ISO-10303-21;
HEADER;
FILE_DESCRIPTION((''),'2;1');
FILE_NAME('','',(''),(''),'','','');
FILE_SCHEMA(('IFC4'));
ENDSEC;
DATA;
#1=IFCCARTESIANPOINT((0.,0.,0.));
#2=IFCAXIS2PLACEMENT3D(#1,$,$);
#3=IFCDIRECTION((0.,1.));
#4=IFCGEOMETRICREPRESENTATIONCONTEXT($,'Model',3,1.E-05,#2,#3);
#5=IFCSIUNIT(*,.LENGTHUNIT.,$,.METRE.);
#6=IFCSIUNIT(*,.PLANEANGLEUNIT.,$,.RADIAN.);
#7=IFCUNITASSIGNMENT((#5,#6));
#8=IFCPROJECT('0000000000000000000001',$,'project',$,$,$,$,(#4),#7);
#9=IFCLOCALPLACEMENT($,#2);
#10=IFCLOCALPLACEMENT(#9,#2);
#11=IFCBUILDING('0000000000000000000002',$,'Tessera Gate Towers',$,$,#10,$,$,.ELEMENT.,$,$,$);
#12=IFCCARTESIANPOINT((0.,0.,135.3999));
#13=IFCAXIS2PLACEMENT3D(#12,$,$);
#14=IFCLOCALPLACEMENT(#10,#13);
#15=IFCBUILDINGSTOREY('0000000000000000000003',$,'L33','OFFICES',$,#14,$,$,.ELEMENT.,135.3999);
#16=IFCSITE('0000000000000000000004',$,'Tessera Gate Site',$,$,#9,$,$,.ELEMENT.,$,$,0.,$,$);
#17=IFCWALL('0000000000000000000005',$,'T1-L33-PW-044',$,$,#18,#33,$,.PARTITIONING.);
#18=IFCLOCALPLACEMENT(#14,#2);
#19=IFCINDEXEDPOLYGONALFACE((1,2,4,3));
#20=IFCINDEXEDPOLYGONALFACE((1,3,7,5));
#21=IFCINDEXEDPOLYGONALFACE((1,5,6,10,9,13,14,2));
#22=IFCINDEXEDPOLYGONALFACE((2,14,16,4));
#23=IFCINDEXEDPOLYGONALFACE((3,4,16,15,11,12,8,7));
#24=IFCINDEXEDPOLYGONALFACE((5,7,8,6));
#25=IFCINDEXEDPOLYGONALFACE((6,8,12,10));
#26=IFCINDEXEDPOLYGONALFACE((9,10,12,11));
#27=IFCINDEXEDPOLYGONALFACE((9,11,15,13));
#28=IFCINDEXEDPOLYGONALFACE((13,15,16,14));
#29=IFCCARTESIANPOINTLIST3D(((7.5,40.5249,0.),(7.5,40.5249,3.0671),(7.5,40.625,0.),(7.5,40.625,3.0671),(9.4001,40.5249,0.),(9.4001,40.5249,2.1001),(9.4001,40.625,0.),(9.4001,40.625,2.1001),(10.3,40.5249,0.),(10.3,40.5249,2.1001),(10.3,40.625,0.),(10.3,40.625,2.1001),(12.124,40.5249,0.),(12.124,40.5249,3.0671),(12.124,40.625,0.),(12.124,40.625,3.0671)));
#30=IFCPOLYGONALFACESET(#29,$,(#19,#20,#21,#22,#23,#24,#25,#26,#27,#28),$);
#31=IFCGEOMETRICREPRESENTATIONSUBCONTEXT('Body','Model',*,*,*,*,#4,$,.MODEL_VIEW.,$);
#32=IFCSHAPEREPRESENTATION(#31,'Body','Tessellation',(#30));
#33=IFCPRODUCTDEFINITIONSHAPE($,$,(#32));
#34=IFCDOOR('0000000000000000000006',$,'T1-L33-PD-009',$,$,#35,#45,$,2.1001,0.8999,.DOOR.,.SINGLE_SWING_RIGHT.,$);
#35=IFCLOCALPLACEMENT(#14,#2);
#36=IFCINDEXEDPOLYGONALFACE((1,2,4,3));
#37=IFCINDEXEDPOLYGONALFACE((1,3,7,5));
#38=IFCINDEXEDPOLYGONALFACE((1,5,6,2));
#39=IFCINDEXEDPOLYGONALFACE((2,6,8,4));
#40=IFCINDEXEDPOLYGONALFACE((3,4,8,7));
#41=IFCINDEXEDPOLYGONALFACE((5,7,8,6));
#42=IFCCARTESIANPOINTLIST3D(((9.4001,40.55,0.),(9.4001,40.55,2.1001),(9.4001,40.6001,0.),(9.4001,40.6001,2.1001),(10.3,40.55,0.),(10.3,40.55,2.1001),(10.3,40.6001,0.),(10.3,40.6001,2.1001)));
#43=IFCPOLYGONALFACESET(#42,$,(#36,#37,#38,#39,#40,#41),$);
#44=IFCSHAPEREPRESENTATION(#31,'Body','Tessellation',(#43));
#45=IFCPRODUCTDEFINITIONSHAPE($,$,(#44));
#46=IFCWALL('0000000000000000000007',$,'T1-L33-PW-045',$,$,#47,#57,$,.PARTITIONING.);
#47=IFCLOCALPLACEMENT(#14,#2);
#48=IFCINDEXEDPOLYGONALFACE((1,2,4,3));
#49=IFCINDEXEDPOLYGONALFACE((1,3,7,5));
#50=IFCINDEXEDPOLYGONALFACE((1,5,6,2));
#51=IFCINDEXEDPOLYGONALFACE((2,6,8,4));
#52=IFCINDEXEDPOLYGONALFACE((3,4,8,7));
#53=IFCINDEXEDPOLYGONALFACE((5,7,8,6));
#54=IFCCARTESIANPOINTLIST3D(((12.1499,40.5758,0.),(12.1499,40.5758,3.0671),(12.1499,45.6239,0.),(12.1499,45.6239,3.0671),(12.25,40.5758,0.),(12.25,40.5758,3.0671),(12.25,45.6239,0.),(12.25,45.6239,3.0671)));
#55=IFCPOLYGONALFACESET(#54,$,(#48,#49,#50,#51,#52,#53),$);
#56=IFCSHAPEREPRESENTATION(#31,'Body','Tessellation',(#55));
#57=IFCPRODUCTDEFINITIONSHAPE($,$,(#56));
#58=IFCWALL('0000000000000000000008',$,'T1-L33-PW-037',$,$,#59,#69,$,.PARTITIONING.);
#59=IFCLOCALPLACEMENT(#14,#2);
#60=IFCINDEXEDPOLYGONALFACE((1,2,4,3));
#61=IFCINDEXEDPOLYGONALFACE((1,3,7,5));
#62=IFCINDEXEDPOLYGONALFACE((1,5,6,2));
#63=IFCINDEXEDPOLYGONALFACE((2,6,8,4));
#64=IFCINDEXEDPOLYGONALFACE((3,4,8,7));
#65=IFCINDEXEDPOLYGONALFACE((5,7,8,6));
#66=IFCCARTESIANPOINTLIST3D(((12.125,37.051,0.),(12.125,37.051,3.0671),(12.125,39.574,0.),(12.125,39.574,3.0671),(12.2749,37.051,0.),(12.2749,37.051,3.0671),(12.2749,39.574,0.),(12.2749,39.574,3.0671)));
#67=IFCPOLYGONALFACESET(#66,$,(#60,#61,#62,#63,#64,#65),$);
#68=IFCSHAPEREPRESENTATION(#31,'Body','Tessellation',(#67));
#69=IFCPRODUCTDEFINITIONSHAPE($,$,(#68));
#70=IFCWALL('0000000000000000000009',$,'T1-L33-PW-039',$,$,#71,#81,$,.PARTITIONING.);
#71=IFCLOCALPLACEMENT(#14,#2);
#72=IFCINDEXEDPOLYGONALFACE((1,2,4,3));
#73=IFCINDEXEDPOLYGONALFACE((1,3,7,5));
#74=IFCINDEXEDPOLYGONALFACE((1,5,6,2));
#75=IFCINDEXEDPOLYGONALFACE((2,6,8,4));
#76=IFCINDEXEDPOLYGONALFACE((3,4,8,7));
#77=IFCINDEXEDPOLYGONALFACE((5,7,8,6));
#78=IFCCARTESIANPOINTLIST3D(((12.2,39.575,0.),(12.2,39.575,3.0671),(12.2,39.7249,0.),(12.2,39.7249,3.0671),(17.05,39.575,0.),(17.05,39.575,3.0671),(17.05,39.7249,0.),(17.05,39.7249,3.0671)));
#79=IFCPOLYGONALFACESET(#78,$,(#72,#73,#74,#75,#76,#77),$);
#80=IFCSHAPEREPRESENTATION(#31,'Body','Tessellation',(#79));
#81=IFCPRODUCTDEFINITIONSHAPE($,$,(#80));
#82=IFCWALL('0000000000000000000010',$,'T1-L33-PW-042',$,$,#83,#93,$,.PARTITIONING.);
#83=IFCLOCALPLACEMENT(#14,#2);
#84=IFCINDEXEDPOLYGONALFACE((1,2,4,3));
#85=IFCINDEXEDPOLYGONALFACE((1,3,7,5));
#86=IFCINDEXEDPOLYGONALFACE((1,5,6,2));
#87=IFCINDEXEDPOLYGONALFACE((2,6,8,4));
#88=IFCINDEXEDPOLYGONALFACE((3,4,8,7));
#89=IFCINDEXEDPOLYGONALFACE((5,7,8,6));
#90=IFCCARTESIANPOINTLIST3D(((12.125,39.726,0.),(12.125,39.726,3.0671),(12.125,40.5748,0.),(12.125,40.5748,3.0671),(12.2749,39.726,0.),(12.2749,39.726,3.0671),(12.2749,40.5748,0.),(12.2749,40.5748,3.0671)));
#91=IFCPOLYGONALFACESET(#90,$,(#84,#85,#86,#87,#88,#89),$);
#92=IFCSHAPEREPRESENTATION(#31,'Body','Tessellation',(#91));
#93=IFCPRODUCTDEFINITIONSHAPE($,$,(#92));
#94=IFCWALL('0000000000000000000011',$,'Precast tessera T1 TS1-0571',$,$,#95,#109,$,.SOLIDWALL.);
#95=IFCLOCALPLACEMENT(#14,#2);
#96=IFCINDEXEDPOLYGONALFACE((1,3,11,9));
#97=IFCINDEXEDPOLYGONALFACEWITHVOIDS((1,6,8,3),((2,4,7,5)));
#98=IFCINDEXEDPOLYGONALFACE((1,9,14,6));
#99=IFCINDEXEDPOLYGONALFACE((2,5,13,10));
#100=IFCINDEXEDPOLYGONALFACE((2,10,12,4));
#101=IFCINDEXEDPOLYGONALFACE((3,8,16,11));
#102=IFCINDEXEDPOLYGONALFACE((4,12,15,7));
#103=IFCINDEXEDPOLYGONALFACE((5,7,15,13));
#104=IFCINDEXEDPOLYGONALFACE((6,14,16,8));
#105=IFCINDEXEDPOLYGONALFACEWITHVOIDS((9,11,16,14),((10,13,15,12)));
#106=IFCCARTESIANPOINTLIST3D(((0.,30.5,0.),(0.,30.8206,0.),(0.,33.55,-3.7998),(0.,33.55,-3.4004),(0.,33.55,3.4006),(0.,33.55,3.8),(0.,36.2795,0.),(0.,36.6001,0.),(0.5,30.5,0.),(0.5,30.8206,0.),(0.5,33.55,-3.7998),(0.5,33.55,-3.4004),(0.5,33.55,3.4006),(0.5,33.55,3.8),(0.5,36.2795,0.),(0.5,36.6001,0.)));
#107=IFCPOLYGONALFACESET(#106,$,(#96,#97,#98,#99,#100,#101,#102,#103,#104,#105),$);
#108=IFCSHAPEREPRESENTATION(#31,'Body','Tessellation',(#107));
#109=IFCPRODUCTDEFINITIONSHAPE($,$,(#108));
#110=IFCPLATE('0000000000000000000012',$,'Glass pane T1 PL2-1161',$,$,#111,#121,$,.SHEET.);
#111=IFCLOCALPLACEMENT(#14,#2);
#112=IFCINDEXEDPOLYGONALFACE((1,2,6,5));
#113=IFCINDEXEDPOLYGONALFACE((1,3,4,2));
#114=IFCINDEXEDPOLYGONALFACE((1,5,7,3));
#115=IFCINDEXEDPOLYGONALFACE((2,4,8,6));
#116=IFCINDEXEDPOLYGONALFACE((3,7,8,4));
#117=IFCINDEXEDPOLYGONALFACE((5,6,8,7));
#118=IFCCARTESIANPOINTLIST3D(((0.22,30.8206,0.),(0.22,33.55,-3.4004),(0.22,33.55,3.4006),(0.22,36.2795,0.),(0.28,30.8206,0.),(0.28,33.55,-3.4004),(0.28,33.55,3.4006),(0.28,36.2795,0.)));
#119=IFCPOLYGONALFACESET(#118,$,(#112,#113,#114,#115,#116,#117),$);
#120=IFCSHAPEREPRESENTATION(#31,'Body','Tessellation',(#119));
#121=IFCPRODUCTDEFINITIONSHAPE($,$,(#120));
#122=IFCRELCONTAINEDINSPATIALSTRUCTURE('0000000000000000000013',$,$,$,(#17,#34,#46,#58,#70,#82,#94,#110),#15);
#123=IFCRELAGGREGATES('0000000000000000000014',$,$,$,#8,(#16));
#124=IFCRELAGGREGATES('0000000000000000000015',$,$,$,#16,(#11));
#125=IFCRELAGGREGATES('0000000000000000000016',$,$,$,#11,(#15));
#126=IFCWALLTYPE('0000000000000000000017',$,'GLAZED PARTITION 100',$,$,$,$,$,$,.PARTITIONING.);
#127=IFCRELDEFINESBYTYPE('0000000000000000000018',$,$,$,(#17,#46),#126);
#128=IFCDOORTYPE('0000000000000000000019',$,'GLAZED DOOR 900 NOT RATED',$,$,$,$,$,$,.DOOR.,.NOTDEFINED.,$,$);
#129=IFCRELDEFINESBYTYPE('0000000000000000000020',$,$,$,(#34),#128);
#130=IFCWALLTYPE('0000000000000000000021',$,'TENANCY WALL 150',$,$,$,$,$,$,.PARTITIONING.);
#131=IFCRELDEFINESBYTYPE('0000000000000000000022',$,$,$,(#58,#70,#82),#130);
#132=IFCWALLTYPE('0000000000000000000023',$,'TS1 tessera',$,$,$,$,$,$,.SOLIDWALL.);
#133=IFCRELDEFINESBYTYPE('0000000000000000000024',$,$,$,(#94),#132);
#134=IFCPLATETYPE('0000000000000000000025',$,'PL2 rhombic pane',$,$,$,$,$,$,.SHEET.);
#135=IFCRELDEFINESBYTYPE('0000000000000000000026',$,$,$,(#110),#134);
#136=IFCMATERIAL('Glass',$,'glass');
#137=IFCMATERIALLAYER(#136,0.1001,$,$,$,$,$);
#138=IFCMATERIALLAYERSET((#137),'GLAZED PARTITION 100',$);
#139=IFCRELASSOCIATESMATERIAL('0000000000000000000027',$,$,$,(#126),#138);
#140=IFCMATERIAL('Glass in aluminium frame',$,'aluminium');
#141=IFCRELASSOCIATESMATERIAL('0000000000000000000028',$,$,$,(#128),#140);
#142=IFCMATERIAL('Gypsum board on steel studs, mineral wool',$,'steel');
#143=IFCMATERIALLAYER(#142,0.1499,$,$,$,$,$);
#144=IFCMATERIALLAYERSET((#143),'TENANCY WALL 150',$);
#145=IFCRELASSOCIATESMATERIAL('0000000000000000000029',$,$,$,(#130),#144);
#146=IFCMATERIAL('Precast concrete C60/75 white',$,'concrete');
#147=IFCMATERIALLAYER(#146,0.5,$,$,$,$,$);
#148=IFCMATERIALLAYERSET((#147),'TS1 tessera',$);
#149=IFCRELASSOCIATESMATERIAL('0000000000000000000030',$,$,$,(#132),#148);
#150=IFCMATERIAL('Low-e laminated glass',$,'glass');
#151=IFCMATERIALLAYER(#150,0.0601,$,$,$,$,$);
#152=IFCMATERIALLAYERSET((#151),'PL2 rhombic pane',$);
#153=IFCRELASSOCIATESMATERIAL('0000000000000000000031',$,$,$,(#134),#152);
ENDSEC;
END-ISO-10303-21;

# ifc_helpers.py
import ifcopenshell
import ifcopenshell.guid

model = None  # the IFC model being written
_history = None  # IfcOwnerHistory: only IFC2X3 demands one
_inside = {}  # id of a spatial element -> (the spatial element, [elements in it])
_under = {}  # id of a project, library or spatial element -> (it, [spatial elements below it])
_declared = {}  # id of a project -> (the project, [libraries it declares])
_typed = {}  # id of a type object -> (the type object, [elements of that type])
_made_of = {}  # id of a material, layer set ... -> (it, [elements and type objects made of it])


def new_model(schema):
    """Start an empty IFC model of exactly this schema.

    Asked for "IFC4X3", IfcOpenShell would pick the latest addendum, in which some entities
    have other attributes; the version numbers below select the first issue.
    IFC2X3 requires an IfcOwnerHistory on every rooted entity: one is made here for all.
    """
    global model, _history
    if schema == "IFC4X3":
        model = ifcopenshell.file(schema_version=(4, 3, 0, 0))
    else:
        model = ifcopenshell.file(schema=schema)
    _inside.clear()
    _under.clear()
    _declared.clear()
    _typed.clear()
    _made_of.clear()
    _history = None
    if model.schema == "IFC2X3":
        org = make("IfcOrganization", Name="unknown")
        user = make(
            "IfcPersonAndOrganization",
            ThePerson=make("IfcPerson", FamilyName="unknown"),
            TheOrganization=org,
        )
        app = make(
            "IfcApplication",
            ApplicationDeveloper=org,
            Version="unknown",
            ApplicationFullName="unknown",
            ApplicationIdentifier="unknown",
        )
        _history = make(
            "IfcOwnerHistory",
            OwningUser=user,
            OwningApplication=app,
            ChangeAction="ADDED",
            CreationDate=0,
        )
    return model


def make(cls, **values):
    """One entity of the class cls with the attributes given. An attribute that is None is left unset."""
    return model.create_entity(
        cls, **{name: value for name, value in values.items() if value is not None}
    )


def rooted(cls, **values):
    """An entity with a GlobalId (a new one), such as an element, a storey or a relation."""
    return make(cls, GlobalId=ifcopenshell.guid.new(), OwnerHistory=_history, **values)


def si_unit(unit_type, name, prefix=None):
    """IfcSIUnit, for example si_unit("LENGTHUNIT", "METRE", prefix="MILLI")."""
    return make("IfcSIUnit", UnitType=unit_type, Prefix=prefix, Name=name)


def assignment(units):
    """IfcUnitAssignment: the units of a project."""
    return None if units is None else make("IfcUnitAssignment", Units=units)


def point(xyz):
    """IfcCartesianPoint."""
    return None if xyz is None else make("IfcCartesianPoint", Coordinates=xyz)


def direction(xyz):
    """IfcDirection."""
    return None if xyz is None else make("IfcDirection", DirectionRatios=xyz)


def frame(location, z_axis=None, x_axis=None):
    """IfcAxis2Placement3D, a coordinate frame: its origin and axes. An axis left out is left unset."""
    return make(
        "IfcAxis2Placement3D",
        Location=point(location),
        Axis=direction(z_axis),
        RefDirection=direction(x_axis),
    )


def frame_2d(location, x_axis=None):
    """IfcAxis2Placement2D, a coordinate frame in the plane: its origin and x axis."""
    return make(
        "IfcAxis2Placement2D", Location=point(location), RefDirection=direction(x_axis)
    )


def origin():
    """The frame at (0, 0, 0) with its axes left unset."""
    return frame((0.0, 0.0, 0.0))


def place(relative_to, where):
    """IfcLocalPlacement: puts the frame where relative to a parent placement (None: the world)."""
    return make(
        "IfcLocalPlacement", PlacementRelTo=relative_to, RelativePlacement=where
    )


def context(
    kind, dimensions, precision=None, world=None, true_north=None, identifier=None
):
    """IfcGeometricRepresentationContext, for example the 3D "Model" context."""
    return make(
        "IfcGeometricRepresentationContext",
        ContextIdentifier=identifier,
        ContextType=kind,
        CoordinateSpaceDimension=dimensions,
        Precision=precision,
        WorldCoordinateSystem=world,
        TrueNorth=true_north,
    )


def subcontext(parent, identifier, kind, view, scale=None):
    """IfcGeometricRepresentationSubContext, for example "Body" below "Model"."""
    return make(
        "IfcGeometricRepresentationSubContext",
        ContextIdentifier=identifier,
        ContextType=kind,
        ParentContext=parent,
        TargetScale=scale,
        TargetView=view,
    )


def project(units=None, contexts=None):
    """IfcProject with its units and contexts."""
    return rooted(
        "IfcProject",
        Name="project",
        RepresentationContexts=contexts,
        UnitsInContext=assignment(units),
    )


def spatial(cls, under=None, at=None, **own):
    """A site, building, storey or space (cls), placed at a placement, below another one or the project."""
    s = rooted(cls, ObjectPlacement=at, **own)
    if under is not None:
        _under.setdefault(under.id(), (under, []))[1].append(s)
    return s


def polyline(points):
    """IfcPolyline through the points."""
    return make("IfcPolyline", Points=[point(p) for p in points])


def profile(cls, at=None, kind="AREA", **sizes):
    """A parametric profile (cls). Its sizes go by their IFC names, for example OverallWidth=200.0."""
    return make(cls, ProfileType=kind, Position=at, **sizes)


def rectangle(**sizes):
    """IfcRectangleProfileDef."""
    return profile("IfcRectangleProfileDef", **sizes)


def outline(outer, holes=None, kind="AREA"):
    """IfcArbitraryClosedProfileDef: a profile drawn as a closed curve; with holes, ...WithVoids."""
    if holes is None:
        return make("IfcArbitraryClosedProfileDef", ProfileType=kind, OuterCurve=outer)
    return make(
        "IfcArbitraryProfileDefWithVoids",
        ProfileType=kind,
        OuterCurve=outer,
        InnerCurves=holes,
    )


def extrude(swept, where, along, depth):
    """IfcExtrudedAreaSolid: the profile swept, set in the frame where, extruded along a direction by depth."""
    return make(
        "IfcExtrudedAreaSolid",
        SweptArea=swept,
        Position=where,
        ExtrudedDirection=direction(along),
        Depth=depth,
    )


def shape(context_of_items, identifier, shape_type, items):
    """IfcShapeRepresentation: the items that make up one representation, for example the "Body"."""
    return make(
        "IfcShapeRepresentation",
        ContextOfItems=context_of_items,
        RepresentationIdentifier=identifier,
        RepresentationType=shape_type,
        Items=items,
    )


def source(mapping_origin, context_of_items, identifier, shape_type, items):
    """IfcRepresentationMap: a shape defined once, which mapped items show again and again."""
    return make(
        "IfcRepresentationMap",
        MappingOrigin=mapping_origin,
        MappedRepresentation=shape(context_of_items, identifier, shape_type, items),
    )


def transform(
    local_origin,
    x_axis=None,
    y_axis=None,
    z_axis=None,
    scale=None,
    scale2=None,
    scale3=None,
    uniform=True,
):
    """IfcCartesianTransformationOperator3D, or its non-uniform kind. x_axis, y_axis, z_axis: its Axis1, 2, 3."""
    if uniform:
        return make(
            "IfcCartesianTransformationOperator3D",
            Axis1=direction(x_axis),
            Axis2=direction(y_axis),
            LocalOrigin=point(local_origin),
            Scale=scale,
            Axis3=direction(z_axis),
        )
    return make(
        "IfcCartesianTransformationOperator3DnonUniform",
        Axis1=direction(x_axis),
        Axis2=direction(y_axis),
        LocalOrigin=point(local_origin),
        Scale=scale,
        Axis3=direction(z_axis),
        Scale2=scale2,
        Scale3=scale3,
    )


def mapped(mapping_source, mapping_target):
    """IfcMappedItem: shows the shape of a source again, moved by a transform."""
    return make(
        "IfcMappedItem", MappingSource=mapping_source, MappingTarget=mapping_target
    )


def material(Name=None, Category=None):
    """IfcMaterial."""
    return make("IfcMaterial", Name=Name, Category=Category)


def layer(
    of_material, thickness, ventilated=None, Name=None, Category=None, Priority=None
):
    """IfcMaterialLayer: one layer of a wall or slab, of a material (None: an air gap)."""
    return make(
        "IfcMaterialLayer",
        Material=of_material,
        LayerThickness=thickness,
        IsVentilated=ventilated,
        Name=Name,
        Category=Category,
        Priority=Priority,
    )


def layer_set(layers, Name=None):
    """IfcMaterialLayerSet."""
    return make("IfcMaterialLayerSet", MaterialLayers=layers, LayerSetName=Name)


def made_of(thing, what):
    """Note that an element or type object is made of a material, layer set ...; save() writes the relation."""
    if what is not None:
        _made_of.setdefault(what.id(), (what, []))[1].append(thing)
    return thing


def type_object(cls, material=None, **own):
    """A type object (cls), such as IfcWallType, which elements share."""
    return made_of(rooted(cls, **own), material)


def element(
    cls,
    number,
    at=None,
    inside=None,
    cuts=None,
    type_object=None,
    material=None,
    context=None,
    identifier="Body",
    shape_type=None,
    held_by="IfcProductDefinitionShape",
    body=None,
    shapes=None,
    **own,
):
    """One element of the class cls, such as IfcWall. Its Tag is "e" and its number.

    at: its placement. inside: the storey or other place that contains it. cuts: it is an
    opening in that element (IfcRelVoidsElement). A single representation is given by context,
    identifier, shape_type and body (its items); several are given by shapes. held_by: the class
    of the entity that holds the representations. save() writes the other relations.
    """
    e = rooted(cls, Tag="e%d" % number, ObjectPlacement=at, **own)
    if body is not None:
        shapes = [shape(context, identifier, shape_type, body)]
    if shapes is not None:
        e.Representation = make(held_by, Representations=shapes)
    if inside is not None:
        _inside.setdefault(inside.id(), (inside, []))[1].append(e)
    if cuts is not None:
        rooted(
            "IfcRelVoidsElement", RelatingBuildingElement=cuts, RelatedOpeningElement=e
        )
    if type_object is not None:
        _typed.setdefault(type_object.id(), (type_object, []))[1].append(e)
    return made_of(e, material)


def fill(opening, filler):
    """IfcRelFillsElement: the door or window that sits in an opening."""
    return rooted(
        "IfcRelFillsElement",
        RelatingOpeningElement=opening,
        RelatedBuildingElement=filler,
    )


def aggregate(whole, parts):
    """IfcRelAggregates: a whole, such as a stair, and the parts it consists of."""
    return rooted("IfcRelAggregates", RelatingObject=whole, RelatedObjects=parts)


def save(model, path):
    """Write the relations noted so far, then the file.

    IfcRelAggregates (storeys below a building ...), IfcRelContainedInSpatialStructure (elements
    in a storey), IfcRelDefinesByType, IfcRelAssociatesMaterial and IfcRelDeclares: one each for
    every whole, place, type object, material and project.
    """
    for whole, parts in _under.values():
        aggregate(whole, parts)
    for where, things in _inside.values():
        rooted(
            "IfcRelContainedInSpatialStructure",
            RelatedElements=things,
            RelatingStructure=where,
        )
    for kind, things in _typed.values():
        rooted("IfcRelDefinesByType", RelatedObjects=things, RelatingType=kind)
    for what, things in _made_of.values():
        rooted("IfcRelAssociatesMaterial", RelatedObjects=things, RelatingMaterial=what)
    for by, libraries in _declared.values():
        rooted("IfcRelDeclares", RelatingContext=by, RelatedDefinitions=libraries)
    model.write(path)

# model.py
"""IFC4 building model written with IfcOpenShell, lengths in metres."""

from ifc_helpers import new_model, si_unit, direction, frame, frame_2d, origin, place, context, subcontext, project, spatial, polyline, rectangle, outline, extrude, source, transform, mapped, material, layer, layer_set, type_object, element, fill, save


model = new_model("IFC4")

# Units and contexts
model_context = context("Model", 3, precision=1e-05, world=origin(), true_north=direction((0.0, 1.0)))
body_context = subcontext(model_context, "Body", "Model", "MODEL_VIEW")
ifc_project = project(units=[si_unit("LENGTHUNIT", "METRE"), si_unit("PLANEANGLEUNIT", "RADIAN")], contexts=[model_context])

# Site, building, storey
site_placement = place(None, origin())
site = spatial("IfcSite", under=ifc_project, at=site_placement, Name="Tessera Gate Site", CompositionType="ELEMENT", RefElevation=0.0)
building_placement = place(site_placement, origin())
building = spatial("IfcBuilding", under=site, at=building_placement, Name="Tessera Gate Towers", CompositionType="ELEMENT")
storey_placement = place(building_placement, frame((0.0, 0.0, 135.3999)))
storey = spatial("IfcBuildingStorey", under=building, at=storey_placement, Name="L33", Description="OFFICES", CompositionType="ELEMENT", Elevation=135.3999)

# Wall, opening, door
ifc_material_1 = material(Name="Glass", Category="glass")
ifc_layer_1 = layer(ifc_material_1, 0.1001)
ifc_layer_set_1 = layer_set([ifc_layer_1], Name="GLAZED PARTITION 100")
wall_type_1 = type_object("IfcWallType", Name="GLAZED PARTITION 100", PredefinedType="PARTITIONING", material=ifc_layer_set_1)
wall_1_placement = place(storey_placement, frame((12.124, 40.575, 0.0), z_axis=(0.0, 0.0, 1.0), x_axis=(-1.0, 0.0, 0.0)))
wall_1 = element("IfcWall", 1, at=wall_1_placement, inside=storey, type_object=wall_type_1, Name="T1-L33-PW-044", PredefinedType="PARTITIONING", context=body_context, shape_type="SweptSolid", body=[
    extrude(rectangle(XDim=4.624, YDim=0.1001, at=frame_2d((2.312, 0.0))), origin(), (0.0, 0.0, 1.0), 3.0671),
])
shared_shape_1 = source(origin(), body_context, "Body", "SweptSolid", [
    extrude(rectangle(XDim=0.8999, YDim=2.1001, at=frame_2d((0.45, 1.05))), frame((0.0, 0.0601, 0.0), z_axis=(0.0, -1.0, 0.0), x_axis=(1.0, 0.0, 0.0)), (0.0, 0.0, 1.0), 0.1201),
])
opening_1_placement = place(wall_1_placement, frame((1.824, 0.0, 0.0)))
opening_1 = element("IfcOpeningElement", 2, at=opening_1_placement, cuts=wall_1, PredefinedType="OPENING", context=body_context, shape_type="MappedRepresentation", body=[
    mapped(shared_shape_1, transform((0.0, 0.0, 0.0), scale=1.0)),
])
ifc_material_2 = material(Name="Glass in aluminium frame", Category="aluminium")
door_type = type_object("IfcDoorType", Name="GLAZED DOOR 900 NOT RATED", OperationType="NOTDEFINED", PredefinedType="DOOR", material=ifc_material_2)
shared_shape_2 = source(origin(), body_context, "Body", "SweptSolid", [
    extrude(rectangle(XDim=0.8999, YDim=2.1001, at=frame_2d((0.45, 1.05))), frame((0.0, 0.0249, 0.0), z_axis=(0.0, -1.0, 0.0), x_axis=(1.0, 0.0, 0.0)), (0.0, 0.0, 1.0), 0.05),
])
door_placement = place(opening_1_placement, origin())
door = element("IfcDoor", 3, at=door_placement, inside=storey, type_object=door_type, Name="T1-L33-PD-009", OperationType="SINGLE_SWING_RIGHT", OverallHeight=2.1001, OverallWidth=0.8999, PredefinedType="DOOR", context=body_context, shape_type="MappedRepresentation", body=[
    mapped(shared_shape_2, transform((0.0, 0.0, 0.0), scale=1.0)),
])
fill(opening_1, door)

# Walls
wall_2_placement = place(storey_placement, frame((12.2, 40.5759, 0.0), z_axis=(0.0, 0.0, 1.0), x_axis=(0.0, 1.0, 0.0)))
element("IfcWall", 4, at=wall_2_placement, inside=storey, type_object=wall_type_1, Name="T1-L33-PW-045", PredefinedType="PARTITIONING", context=body_context, shape_type="SweptSolid", body=[
    extrude(rectangle(XDim=5.0481, YDim=0.1001, at=frame_2d((2.5239, 0.0))), origin(), (0.0, 0.0, 1.0), 3.0671),
])
ifc_material_3 = material(Name="Gypsum board on steel studs, mineral wool", Category="steel")
ifc_layer_2 = layer(ifc_material_3, 0.1499)
ifc_layer_set_2 = layer_set([ifc_layer_2], Name="TENANCY WALL 150")
wall_type_2 = type_object("IfcWallType", Name="TENANCY WALL 150", PredefinedType="PARTITIONING", material=ifc_layer_set_2)
wall_3_placement = place(storey_placement, frame((12.2, 37.051, 0.0), z_axis=(0.0, 0.0, 1.0), x_axis=(0.0, 1.0, 0.0)))
element("IfcWall", 5, at=wall_3_placement, inside=storey, type_object=wall_type_2, Name="T1-L33-PW-037", PredefinedType="PARTITIONING", context=body_context, shape_type="SweptSolid", body=[
    extrude(rectangle(XDim=2.5229, YDim=0.1499, at=frame_2d((1.2615, 0.0))), origin(), (0.0, 0.0, 1.0), 3.0671),
])
wall_4_placement = place(storey_placement, frame((12.2, 39.6499, 0.0), z_axis=(0.0, 0.0, 1.0), x_axis=(1.0, 0.0, 0.0)))
element("IfcWall", 6, at=wall_4_placement, inside=storey, type_object=wall_type_2, Name="T1-L33-PW-039", PredefinedType="PARTITIONING", context=body_context, shape_type="SweptSolid", body=[
    extrude(rectangle(XDim=4.8501, YDim=0.1499, at=frame_2d((2.425, 0.0))), origin(), (0.0, 0.0, 1.0), 3.0671),
])
wall_5_placement = place(storey_placement, frame((12.2, 39.7261, 0.0), z_axis=(0.0, 0.0, 1.0), x_axis=(0.0, 1.0, 0.0)))
element("IfcWall", 7, at=wall_5_placement, inside=storey, type_object=wall_type_2, Name="T1-L33-PW-042", PredefinedType="PARTITIONING", context=body_context, shape_type="SweptSolid", body=[
    extrude(rectangle(XDim=0.8489, YDim=0.1499, at=frame_2d((0.4243, 0.0))), origin(), (0.0, 0.0, 1.0), 3.0671),
])

# Wall, opening, plate
ifc_material_4 = material(Name="Precast concrete C60/75 white", Category="concrete")
ifc_layer_3 = layer(ifc_material_4, 0.5)
ifc_layer_set_3 = layer_set([ifc_layer_3], Name="TS1 tessera")
wall_type_3 = type_object("IfcWallType", Name="TS1 tessera", PredefinedType="SOLIDWALL", material=ifc_layer_set_3)
shared_shape_3 = source(origin(), body_context, "Body", "SweptSolid", [
    extrude(outline(polyline([(3.05, 0.0), (6.1001, 3.7998), (3.05, 7.5999), (0.0, 3.7998), (3.05, 0.0)])), frame((0.0, 0.25, 0.0), z_axis=(0.0, -1.0, 0.0), x_axis=(1.0, 0.0, 0.0)), (0.0, 0.0, 1.0), 0.5),
])
wall_6_placement = place(storey_placement, frame((0.25, 36.6001, -3.7998), z_axis=(0.0, 0.0, 1.0), x_axis=(0.0, -1.0, 0.0)))
wall_6 = element("IfcWall", 8, at=wall_6_placement, inside=storey, type_object=wall_type_3, Name="Precast tessera T1 TS1-0571", PredefinedType="SOLIDWALL", context=body_context, shape_type="MappedRepresentation", body=[
    mapped(shared_shape_3, transform((0.0, 0.0, 0.0), scale=1.0)),
])
shared_shape_4 = source(origin(), body_context, "Body", "SweptSolid", [
    extrude(outline(polyline([(3.05, 0.3994), (5.7795, 3.7998), (3.05, 7.2004), (0.3206, 3.7998), (3.05, 0.3994)])), frame((0.0, 0.26, 0.0), z_axis=(0.0, -1.0, 0.0), x_axis=(1.0, 0.0, 0.0)), (0.0, 0.0, 1.0), 0.52),
])
opening_2_placement = place(wall_6_placement, origin())
opening_2 = element("IfcOpeningElement", 9, at=opening_2_placement, cuts=wall_6, PredefinedType="OPENING", context=body_context, shape_type="MappedRepresentation", body=[
    mapped(shared_shape_4, transform((0.0, 0.0, 0.0), scale=1.0)),
])
ifc_material_5 = material(Name="Low-e laminated glass", Category="glass")
ifc_layer_4 = layer(ifc_material_5, 0.0601)
ifc_layer_set_4 = layer_set([ifc_layer_4], Name="PL2 rhombic pane")
plate_type = type_object("IfcPlateType", Name="PL2 rhombic pane", PredefinedType="SHEET", material=ifc_layer_set_4)
shared_shape_5 = source(origin(), body_context, "Body", "SweptSolid", [
    extrude(outline(polyline([(3.05, 0.3994), (5.7795, 3.7998), (3.05, 7.2004), (0.3206, 3.7998), (3.05, 0.3994)])), frame((0.0, 0.03, 0.0), z_axis=(0.0, -1.0, 0.0), x_axis=(1.0, 0.0, 0.0)), (0.0, 0.0, 1.0), 0.0601),
])
plate_placement = place(opening_2_placement, origin())
plate = element("IfcPlate", 10, at=plate_placement, inside=storey, type_object=plate_type, Name="Glass pane T1 PL2-1161", PredefinedType="SHEET", context=body_context, shape_type="MappedRepresentation", body=[
    mapped(shared_shape_5, transform((0.0, 0.0, 0.0), scale=1.0)),
])
fill(opening_2, plate)

save(model, "model.ifc")
